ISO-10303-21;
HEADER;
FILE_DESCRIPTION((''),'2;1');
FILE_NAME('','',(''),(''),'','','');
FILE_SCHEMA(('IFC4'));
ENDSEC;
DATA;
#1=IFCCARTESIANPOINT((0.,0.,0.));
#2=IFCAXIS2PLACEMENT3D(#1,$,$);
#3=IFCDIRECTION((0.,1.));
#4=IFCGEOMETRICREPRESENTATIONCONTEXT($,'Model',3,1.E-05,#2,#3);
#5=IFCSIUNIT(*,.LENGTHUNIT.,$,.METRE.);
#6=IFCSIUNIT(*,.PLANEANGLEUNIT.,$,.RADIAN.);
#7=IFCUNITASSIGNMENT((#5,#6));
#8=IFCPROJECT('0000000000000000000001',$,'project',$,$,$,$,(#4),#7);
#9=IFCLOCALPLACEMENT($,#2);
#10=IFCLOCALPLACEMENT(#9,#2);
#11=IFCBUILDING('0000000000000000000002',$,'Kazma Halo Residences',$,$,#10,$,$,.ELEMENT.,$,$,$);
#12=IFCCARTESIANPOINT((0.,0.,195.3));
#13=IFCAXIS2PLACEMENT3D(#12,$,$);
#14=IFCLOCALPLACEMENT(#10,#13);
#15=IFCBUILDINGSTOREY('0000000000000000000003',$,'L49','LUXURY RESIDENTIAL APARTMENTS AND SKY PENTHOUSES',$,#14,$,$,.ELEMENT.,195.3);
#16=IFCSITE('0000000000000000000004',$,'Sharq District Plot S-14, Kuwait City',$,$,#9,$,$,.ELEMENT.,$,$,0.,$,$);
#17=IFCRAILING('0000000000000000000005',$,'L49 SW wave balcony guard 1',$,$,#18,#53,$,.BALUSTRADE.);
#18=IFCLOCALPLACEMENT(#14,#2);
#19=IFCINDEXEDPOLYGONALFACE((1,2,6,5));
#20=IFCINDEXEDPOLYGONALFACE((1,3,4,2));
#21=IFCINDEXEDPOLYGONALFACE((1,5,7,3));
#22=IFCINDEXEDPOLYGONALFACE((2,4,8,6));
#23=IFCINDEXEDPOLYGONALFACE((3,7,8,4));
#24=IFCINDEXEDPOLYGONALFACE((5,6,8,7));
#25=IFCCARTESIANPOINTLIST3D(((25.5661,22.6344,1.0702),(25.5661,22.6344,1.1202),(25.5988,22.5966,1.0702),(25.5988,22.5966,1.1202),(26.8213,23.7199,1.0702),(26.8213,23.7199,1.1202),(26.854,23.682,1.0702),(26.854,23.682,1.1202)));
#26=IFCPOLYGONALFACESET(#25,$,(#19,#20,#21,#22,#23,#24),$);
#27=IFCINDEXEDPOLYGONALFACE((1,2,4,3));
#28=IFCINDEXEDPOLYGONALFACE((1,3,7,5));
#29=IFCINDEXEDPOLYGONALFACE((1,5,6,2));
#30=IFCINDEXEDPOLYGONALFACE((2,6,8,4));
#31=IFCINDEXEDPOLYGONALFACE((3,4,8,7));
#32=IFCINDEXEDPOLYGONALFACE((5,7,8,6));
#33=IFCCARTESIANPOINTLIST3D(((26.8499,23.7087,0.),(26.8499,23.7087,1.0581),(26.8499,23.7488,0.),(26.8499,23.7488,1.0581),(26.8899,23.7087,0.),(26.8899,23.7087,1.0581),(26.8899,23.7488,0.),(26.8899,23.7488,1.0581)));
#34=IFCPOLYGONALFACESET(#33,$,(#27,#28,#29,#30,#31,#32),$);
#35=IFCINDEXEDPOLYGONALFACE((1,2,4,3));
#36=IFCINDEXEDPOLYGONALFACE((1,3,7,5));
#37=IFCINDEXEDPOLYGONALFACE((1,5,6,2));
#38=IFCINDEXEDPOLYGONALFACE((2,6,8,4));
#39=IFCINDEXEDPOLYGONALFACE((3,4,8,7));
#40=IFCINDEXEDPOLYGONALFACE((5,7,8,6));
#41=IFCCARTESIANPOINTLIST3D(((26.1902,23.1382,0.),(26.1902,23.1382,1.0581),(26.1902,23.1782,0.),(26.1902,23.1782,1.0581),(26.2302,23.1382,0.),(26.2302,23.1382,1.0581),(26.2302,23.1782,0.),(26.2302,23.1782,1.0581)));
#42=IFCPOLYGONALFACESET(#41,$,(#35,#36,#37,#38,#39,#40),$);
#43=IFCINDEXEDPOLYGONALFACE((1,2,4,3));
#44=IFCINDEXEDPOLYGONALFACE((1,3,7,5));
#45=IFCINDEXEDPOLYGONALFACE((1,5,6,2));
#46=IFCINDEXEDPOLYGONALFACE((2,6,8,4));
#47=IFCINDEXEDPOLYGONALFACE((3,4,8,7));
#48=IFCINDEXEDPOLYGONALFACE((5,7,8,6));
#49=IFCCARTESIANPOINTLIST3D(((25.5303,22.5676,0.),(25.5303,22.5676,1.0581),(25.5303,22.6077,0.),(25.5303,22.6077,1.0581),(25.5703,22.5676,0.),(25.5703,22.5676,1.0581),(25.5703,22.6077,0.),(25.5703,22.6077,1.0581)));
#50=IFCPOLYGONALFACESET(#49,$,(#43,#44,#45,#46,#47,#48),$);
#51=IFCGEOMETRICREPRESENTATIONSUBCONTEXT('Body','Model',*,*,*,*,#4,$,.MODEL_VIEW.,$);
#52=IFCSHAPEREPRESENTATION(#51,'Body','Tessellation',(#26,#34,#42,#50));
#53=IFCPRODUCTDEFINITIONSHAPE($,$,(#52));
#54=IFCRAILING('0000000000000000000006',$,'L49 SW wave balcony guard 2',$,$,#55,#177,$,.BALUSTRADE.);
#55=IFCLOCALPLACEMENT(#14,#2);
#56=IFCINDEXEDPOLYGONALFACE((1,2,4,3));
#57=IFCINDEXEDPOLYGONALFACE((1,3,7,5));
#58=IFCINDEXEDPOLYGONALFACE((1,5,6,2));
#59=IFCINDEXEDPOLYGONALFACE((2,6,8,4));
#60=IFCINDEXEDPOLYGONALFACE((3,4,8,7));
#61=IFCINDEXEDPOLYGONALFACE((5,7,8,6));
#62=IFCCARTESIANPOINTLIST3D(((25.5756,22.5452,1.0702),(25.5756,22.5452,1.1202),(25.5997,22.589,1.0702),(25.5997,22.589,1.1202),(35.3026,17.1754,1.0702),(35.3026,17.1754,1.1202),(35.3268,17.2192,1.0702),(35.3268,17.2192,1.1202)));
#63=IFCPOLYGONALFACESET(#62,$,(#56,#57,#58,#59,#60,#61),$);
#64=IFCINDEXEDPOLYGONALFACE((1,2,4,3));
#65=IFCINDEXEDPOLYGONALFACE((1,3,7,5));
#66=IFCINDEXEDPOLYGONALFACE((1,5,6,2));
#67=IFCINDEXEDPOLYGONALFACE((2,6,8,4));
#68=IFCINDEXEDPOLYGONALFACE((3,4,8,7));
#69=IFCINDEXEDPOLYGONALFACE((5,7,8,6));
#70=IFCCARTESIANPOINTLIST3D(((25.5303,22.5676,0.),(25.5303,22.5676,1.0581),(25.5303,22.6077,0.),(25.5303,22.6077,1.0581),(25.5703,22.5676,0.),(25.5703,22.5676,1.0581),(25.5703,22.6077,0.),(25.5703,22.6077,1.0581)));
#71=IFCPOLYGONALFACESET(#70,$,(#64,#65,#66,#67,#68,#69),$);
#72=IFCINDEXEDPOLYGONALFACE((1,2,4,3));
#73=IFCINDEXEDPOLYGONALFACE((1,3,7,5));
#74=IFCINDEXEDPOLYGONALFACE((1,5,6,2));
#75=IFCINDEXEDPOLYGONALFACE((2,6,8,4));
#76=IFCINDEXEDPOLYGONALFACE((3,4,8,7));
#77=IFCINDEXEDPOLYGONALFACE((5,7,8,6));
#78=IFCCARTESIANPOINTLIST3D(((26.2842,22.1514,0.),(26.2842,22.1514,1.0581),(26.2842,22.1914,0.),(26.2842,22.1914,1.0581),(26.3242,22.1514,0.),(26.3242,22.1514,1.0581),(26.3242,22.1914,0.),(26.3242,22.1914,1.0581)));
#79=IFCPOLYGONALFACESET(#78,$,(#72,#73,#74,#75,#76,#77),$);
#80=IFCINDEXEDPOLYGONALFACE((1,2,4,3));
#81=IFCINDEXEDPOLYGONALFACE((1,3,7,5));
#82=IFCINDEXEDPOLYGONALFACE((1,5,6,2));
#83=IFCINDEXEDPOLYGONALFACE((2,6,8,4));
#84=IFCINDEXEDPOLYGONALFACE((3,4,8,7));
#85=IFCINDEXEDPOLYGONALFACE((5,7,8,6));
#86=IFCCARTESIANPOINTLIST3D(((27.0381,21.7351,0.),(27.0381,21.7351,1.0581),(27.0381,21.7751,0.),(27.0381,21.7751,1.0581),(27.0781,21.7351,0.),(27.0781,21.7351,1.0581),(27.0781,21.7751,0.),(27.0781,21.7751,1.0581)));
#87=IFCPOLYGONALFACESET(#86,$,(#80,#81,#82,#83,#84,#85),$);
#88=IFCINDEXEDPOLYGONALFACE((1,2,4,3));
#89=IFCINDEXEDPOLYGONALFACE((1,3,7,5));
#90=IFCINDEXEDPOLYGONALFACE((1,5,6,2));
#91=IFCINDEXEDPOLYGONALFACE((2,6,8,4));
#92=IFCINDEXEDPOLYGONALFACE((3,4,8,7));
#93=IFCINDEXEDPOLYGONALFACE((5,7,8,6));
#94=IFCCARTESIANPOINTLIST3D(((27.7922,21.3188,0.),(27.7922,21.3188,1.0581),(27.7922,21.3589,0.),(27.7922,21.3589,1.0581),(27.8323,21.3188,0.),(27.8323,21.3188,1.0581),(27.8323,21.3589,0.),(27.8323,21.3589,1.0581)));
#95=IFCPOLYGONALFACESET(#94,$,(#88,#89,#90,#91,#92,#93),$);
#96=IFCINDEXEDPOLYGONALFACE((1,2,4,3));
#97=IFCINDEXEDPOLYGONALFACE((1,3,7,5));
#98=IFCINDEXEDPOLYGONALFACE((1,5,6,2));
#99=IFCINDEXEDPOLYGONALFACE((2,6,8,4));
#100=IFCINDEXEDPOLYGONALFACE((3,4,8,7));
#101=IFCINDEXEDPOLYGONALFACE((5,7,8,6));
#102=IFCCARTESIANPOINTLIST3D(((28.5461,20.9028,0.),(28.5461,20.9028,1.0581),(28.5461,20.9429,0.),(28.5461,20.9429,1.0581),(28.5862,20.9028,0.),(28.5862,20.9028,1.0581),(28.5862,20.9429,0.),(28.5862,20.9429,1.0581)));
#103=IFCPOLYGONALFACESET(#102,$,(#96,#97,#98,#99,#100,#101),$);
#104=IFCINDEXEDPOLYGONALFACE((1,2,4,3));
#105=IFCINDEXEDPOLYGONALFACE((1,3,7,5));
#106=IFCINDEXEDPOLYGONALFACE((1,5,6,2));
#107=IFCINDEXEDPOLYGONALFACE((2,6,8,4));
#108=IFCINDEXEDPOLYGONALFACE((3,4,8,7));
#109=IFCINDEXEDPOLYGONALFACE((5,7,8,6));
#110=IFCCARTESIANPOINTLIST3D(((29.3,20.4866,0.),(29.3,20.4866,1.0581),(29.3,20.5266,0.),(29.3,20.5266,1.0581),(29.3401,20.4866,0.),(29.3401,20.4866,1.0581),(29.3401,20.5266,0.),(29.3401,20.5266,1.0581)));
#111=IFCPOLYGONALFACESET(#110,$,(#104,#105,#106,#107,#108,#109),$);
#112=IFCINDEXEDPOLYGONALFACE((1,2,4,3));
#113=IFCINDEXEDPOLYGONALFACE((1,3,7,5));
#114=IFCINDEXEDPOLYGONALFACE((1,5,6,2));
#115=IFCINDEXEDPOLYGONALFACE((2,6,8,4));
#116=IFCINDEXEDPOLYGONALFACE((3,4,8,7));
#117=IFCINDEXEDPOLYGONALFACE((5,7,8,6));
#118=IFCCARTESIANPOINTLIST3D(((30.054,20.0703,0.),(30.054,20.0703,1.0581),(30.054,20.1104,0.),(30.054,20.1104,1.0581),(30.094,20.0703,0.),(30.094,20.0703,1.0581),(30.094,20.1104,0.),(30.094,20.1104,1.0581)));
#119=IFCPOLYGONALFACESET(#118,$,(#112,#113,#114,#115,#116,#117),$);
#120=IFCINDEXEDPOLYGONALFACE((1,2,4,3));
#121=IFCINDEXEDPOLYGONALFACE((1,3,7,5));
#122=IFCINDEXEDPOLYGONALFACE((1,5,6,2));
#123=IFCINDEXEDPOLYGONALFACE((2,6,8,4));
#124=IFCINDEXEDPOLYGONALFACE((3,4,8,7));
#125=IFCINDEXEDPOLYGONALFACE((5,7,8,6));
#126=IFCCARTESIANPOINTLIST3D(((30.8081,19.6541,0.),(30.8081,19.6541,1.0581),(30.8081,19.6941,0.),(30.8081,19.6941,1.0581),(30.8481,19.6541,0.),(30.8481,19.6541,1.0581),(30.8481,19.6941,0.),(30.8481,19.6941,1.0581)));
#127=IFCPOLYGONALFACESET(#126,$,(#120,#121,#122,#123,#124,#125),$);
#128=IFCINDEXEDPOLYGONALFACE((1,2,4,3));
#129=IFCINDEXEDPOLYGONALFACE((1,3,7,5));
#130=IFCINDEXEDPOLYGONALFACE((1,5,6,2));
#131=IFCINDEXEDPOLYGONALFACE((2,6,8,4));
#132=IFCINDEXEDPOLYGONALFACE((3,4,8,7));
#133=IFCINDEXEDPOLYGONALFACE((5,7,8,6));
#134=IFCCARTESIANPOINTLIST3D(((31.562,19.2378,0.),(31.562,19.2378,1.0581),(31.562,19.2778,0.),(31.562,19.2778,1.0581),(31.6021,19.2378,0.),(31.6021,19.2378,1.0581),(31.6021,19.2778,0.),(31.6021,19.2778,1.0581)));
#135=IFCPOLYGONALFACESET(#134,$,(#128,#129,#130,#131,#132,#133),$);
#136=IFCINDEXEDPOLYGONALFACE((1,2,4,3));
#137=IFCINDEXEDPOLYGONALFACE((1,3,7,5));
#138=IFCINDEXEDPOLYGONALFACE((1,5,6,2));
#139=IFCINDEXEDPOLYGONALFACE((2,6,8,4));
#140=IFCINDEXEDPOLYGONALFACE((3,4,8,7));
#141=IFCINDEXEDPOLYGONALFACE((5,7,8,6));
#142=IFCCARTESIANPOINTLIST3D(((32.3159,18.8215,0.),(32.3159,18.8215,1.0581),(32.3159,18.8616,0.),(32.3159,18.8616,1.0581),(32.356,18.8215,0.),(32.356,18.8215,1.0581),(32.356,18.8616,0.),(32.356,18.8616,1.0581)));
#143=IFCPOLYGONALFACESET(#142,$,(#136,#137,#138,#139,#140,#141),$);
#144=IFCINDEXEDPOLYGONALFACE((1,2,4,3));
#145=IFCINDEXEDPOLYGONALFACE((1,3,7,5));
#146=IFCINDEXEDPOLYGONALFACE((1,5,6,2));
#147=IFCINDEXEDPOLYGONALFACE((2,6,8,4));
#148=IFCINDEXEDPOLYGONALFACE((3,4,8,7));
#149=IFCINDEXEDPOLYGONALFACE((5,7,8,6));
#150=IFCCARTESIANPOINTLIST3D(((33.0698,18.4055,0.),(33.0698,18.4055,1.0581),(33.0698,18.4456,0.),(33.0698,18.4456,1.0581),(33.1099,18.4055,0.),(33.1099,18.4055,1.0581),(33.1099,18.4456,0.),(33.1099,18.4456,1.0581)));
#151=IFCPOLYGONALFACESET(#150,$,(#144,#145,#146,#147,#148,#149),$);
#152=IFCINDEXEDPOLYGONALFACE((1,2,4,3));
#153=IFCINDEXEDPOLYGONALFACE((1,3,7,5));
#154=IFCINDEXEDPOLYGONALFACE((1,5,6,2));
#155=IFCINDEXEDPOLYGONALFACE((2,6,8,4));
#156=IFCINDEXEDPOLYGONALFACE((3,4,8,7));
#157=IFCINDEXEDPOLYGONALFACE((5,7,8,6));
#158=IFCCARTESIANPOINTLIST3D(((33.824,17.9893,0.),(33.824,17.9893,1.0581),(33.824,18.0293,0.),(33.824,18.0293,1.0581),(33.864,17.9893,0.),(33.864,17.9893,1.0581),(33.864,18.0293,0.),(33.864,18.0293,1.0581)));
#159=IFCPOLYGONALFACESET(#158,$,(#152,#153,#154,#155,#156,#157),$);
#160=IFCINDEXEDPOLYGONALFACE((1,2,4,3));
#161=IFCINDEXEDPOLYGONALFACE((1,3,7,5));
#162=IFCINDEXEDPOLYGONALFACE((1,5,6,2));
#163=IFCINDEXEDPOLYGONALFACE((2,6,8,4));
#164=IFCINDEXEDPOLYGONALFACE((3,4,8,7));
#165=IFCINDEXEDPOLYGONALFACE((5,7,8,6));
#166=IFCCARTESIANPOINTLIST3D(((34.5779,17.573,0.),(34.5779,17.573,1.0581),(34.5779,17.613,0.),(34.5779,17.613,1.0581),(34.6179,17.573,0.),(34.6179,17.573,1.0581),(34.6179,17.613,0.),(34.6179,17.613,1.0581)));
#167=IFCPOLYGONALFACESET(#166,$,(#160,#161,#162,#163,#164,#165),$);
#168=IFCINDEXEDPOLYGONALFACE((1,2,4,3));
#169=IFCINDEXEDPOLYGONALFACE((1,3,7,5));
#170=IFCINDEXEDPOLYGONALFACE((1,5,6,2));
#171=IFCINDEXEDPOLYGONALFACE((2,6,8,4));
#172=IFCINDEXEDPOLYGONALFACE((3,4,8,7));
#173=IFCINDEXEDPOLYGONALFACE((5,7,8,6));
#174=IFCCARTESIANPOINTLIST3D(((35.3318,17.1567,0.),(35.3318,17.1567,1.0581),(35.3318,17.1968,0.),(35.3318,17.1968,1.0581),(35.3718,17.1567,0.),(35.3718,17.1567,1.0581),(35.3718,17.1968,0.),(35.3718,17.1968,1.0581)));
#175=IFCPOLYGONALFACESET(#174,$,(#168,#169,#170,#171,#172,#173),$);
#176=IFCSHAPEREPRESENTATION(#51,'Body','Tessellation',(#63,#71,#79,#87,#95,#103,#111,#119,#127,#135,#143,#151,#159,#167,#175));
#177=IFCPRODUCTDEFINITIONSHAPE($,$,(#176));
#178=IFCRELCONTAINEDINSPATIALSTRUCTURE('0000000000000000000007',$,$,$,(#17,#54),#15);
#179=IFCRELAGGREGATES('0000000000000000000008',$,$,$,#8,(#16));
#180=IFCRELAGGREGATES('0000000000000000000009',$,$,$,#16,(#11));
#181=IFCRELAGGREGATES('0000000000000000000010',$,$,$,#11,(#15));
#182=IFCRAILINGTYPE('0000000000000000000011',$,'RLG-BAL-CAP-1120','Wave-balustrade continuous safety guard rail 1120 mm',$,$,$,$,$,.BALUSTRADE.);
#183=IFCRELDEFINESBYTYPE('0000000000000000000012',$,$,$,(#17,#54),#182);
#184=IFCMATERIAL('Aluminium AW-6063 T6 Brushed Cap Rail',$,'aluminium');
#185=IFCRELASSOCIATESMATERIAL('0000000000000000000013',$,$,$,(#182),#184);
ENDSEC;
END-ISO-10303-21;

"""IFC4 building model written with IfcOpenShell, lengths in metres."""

from ifc_helpers import new_model, si_unit, direction, frame, origin, origin_2d, place, context, subcontext, project, spatial, rectangle, extrude, material, type_object, element, save


model = new_model("IFC4")

# Units and contexts
model_context = context("Model", 3, precision=1e-05, world=origin(), true_north=direction((0.0, 1.0)))
body_context = subcontext(model_context, "Body", "Model", "MODEL_VIEW")
ifc_project = project(units=[si_unit("LENGTHUNIT", "METRE"), si_unit("PLANEANGLEUNIT", "RADIAN")], contexts=[model_context])

# Site, building, storey
site_placement = place(None, origin())
site = spatial("IfcSite", under=ifc_project, at=site_placement, Name="Sharq District Plot S-14, Kuwait City", CompositionType="ELEMENT", RefElevation=0.0)
building_placement = place(site_placement, origin())
building = spatial("IfcBuilding", under=site, at=building_placement, Name="Kazma Halo Residences", CompositionType="ELEMENT")
storey_placement = place(building_placement, frame((0.0, 0.0, 195.3)))
storey = spatial("IfcBuildingStorey", under=building, at=storey_placement, Name="L49", Description="LUXURY RESIDENTIAL APARTMENTS AND SKY PENTHOUSES", CompositionType="ELEMENT", Elevation=195.3)

# Railings
ifc_material_1 = material(Name="Aluminium AW-6063 T6 Brushed Cap Rail", Category="aluminium")
railing_type = type_object("IfcRailingType", Name="RLG-BAL-CAP-1120", Description="Wave-balustrade continuous safety guard rail 1120 mm", PredefinedType="BALUSTRADE", material=ifc_material_1)
railing_1_placement = place(storey_placement, frame((26.8699, 23.7288, 0.0)))
element("IfcRailing", 1, at=railing_1_placement, inside=storey, type_object=railing_type, Name="L49 SW wave balcony guard 1", PredefinedType="BALUSTRADE", context=body_context, shape_type="SweptSolid", body=[
    extrude(rectangle(XDim=0.05, YDim=0.05, at=origin_2d()), frame((-0.0322, -0.0278, 1.0952), z_axis=(-0.756404, -0.654104, 0.0), x_axis=(0.654104, -0.756404, 0.0)), (0.0, 0.0, 1.0), 1.6594),
    extrude(rectangle(XDim=0.04, YDim=0.04, at=origin_2d()), origin(), (0.0, 0.0, 1.0), 1.0581),
    extrude(rectangle(XDim=0.04, YDim=0.04, at=origin_2d()), frame((-0.6597, -0.5706, 0.0)), (0.0, 0.0, 1.0), 1.0581),
    extrude(rectangle(XDim=0.04, YDim=0.04, at=origin_2d()), frame((-1.3196, -1.1411, 0.0)), (0.0, 0.0, 1.0), 1.0581),
])
railing_2_placement = place(storey_placement, frame((25.5503, 22.5876, 0.0)))
element("IfcRailing", 2, at=railing_2_placement, inside=storey, type_object=railing_type, Name="L49 SW wave balcony guard 2", PredefinedType="BALUSTRADE", context=body_context, shape_type="SweptSolid", body=[
    extrude(rectangle(XDim=0.05, YDim=0.05, at=origin_2d()), frame((0.0374, -0.0205, 1.0952), z_axis=(0.875458, -0.483294, 0.0), x_axis=(0.483294, 0.875458, 0.0)), (0.0, 0.0, 1.0), 11.1108),
    extrude(rectangle(XDim=0.04, YDim=0.04, at=origin_2d()), origin(), (0.0, 0.0, 1.0), 1.0581),
    extrude(rectangle(XDim=0.04, YDim=0.04, at=origin_2d()), frame((0.7539, -0.4163, 0.0)), (0.0, 0.0, 1.0), 1.0581),
    extrude(rectangle(XDim=0.04, YDim=0.04, at=origin_2d()), frame((1.5078, -0.8325, 0.0)), (0.0, 0.0, 1.0), 1.0581),
    extrude(rectangle(XDim=0.04, YDim=0.04, at=origin_2d()), frame((2.262, -1.2488, 0.0)), (0.0, 0.0, 1.0), 1.0581),
    extrude(rectangle(XDim=0.04, YDim=0.04, at=origin_2d()), frame((3.0159, -1.6648, 0.0)), (0.0, 0.0, 1.0), 1.0581),
    extrude(rectangle(XDim=0.04, YDim=0.04, at=origin_2d()), frame((3.7698, -2.0811, 0.0)), (0.0, 0.0, 1.0), 1.0581),
    extrude(rectangle(XDim=0.04, YDim=0.04, at=origin_2d()), frame((4.5237, -2.4973, 0.0)), (0.0, 0.0, 1.0), 1.0581),
    extrude(rectangle(XDim=0.04, YDim=0.04, at=origin_2d()), frame((5.2778, -2.9136, 0.0)), (0.0, 0.0, 1.0), 1.0581),
    extrude(rectangle(XDim=0.04, YDim=0.04, at=origin_2d()), frame((6.0317, -3.3298, 0.0)), (0.0, 0.0, 1.0), 1.0581),
    extrude(rectangle(XDim=0.04, YDim=0.04, at=origin_2d()), frame((6.7856, -3.7461, 0.0)), (0.0, 0.0, 1.0), 1.0581),
    extrude(rectangle(XDim=0.04, YDim=0.04, at=origin_2d()), frame((7.5396, -4.1621, 0.0)), (0.0, 0.0, 1.0), 1.0581),
    extrude(rectangle(XDim=0.04, YDim=0.04, at=origin_2d()), frame((8.2937, -4.5784, 0.0)), (0.0, 0.0, 1.0), 1.0581),
    extrude(rectangle(XDim=0.04, YDim=0.04, at=origin_2d()), frame((9.0476, -4.9946, 0.0)), (0.0, 0.0, 1.0), 1.0581),
    extrude(rectangle(XDim=0.04, YDim=0.04, at=origin_2d()), frame((9.8015, -5.4109, 0.0)), (0.0, 0.0, 1.0), 1.0581),
])

save(model, "model.ifc")
